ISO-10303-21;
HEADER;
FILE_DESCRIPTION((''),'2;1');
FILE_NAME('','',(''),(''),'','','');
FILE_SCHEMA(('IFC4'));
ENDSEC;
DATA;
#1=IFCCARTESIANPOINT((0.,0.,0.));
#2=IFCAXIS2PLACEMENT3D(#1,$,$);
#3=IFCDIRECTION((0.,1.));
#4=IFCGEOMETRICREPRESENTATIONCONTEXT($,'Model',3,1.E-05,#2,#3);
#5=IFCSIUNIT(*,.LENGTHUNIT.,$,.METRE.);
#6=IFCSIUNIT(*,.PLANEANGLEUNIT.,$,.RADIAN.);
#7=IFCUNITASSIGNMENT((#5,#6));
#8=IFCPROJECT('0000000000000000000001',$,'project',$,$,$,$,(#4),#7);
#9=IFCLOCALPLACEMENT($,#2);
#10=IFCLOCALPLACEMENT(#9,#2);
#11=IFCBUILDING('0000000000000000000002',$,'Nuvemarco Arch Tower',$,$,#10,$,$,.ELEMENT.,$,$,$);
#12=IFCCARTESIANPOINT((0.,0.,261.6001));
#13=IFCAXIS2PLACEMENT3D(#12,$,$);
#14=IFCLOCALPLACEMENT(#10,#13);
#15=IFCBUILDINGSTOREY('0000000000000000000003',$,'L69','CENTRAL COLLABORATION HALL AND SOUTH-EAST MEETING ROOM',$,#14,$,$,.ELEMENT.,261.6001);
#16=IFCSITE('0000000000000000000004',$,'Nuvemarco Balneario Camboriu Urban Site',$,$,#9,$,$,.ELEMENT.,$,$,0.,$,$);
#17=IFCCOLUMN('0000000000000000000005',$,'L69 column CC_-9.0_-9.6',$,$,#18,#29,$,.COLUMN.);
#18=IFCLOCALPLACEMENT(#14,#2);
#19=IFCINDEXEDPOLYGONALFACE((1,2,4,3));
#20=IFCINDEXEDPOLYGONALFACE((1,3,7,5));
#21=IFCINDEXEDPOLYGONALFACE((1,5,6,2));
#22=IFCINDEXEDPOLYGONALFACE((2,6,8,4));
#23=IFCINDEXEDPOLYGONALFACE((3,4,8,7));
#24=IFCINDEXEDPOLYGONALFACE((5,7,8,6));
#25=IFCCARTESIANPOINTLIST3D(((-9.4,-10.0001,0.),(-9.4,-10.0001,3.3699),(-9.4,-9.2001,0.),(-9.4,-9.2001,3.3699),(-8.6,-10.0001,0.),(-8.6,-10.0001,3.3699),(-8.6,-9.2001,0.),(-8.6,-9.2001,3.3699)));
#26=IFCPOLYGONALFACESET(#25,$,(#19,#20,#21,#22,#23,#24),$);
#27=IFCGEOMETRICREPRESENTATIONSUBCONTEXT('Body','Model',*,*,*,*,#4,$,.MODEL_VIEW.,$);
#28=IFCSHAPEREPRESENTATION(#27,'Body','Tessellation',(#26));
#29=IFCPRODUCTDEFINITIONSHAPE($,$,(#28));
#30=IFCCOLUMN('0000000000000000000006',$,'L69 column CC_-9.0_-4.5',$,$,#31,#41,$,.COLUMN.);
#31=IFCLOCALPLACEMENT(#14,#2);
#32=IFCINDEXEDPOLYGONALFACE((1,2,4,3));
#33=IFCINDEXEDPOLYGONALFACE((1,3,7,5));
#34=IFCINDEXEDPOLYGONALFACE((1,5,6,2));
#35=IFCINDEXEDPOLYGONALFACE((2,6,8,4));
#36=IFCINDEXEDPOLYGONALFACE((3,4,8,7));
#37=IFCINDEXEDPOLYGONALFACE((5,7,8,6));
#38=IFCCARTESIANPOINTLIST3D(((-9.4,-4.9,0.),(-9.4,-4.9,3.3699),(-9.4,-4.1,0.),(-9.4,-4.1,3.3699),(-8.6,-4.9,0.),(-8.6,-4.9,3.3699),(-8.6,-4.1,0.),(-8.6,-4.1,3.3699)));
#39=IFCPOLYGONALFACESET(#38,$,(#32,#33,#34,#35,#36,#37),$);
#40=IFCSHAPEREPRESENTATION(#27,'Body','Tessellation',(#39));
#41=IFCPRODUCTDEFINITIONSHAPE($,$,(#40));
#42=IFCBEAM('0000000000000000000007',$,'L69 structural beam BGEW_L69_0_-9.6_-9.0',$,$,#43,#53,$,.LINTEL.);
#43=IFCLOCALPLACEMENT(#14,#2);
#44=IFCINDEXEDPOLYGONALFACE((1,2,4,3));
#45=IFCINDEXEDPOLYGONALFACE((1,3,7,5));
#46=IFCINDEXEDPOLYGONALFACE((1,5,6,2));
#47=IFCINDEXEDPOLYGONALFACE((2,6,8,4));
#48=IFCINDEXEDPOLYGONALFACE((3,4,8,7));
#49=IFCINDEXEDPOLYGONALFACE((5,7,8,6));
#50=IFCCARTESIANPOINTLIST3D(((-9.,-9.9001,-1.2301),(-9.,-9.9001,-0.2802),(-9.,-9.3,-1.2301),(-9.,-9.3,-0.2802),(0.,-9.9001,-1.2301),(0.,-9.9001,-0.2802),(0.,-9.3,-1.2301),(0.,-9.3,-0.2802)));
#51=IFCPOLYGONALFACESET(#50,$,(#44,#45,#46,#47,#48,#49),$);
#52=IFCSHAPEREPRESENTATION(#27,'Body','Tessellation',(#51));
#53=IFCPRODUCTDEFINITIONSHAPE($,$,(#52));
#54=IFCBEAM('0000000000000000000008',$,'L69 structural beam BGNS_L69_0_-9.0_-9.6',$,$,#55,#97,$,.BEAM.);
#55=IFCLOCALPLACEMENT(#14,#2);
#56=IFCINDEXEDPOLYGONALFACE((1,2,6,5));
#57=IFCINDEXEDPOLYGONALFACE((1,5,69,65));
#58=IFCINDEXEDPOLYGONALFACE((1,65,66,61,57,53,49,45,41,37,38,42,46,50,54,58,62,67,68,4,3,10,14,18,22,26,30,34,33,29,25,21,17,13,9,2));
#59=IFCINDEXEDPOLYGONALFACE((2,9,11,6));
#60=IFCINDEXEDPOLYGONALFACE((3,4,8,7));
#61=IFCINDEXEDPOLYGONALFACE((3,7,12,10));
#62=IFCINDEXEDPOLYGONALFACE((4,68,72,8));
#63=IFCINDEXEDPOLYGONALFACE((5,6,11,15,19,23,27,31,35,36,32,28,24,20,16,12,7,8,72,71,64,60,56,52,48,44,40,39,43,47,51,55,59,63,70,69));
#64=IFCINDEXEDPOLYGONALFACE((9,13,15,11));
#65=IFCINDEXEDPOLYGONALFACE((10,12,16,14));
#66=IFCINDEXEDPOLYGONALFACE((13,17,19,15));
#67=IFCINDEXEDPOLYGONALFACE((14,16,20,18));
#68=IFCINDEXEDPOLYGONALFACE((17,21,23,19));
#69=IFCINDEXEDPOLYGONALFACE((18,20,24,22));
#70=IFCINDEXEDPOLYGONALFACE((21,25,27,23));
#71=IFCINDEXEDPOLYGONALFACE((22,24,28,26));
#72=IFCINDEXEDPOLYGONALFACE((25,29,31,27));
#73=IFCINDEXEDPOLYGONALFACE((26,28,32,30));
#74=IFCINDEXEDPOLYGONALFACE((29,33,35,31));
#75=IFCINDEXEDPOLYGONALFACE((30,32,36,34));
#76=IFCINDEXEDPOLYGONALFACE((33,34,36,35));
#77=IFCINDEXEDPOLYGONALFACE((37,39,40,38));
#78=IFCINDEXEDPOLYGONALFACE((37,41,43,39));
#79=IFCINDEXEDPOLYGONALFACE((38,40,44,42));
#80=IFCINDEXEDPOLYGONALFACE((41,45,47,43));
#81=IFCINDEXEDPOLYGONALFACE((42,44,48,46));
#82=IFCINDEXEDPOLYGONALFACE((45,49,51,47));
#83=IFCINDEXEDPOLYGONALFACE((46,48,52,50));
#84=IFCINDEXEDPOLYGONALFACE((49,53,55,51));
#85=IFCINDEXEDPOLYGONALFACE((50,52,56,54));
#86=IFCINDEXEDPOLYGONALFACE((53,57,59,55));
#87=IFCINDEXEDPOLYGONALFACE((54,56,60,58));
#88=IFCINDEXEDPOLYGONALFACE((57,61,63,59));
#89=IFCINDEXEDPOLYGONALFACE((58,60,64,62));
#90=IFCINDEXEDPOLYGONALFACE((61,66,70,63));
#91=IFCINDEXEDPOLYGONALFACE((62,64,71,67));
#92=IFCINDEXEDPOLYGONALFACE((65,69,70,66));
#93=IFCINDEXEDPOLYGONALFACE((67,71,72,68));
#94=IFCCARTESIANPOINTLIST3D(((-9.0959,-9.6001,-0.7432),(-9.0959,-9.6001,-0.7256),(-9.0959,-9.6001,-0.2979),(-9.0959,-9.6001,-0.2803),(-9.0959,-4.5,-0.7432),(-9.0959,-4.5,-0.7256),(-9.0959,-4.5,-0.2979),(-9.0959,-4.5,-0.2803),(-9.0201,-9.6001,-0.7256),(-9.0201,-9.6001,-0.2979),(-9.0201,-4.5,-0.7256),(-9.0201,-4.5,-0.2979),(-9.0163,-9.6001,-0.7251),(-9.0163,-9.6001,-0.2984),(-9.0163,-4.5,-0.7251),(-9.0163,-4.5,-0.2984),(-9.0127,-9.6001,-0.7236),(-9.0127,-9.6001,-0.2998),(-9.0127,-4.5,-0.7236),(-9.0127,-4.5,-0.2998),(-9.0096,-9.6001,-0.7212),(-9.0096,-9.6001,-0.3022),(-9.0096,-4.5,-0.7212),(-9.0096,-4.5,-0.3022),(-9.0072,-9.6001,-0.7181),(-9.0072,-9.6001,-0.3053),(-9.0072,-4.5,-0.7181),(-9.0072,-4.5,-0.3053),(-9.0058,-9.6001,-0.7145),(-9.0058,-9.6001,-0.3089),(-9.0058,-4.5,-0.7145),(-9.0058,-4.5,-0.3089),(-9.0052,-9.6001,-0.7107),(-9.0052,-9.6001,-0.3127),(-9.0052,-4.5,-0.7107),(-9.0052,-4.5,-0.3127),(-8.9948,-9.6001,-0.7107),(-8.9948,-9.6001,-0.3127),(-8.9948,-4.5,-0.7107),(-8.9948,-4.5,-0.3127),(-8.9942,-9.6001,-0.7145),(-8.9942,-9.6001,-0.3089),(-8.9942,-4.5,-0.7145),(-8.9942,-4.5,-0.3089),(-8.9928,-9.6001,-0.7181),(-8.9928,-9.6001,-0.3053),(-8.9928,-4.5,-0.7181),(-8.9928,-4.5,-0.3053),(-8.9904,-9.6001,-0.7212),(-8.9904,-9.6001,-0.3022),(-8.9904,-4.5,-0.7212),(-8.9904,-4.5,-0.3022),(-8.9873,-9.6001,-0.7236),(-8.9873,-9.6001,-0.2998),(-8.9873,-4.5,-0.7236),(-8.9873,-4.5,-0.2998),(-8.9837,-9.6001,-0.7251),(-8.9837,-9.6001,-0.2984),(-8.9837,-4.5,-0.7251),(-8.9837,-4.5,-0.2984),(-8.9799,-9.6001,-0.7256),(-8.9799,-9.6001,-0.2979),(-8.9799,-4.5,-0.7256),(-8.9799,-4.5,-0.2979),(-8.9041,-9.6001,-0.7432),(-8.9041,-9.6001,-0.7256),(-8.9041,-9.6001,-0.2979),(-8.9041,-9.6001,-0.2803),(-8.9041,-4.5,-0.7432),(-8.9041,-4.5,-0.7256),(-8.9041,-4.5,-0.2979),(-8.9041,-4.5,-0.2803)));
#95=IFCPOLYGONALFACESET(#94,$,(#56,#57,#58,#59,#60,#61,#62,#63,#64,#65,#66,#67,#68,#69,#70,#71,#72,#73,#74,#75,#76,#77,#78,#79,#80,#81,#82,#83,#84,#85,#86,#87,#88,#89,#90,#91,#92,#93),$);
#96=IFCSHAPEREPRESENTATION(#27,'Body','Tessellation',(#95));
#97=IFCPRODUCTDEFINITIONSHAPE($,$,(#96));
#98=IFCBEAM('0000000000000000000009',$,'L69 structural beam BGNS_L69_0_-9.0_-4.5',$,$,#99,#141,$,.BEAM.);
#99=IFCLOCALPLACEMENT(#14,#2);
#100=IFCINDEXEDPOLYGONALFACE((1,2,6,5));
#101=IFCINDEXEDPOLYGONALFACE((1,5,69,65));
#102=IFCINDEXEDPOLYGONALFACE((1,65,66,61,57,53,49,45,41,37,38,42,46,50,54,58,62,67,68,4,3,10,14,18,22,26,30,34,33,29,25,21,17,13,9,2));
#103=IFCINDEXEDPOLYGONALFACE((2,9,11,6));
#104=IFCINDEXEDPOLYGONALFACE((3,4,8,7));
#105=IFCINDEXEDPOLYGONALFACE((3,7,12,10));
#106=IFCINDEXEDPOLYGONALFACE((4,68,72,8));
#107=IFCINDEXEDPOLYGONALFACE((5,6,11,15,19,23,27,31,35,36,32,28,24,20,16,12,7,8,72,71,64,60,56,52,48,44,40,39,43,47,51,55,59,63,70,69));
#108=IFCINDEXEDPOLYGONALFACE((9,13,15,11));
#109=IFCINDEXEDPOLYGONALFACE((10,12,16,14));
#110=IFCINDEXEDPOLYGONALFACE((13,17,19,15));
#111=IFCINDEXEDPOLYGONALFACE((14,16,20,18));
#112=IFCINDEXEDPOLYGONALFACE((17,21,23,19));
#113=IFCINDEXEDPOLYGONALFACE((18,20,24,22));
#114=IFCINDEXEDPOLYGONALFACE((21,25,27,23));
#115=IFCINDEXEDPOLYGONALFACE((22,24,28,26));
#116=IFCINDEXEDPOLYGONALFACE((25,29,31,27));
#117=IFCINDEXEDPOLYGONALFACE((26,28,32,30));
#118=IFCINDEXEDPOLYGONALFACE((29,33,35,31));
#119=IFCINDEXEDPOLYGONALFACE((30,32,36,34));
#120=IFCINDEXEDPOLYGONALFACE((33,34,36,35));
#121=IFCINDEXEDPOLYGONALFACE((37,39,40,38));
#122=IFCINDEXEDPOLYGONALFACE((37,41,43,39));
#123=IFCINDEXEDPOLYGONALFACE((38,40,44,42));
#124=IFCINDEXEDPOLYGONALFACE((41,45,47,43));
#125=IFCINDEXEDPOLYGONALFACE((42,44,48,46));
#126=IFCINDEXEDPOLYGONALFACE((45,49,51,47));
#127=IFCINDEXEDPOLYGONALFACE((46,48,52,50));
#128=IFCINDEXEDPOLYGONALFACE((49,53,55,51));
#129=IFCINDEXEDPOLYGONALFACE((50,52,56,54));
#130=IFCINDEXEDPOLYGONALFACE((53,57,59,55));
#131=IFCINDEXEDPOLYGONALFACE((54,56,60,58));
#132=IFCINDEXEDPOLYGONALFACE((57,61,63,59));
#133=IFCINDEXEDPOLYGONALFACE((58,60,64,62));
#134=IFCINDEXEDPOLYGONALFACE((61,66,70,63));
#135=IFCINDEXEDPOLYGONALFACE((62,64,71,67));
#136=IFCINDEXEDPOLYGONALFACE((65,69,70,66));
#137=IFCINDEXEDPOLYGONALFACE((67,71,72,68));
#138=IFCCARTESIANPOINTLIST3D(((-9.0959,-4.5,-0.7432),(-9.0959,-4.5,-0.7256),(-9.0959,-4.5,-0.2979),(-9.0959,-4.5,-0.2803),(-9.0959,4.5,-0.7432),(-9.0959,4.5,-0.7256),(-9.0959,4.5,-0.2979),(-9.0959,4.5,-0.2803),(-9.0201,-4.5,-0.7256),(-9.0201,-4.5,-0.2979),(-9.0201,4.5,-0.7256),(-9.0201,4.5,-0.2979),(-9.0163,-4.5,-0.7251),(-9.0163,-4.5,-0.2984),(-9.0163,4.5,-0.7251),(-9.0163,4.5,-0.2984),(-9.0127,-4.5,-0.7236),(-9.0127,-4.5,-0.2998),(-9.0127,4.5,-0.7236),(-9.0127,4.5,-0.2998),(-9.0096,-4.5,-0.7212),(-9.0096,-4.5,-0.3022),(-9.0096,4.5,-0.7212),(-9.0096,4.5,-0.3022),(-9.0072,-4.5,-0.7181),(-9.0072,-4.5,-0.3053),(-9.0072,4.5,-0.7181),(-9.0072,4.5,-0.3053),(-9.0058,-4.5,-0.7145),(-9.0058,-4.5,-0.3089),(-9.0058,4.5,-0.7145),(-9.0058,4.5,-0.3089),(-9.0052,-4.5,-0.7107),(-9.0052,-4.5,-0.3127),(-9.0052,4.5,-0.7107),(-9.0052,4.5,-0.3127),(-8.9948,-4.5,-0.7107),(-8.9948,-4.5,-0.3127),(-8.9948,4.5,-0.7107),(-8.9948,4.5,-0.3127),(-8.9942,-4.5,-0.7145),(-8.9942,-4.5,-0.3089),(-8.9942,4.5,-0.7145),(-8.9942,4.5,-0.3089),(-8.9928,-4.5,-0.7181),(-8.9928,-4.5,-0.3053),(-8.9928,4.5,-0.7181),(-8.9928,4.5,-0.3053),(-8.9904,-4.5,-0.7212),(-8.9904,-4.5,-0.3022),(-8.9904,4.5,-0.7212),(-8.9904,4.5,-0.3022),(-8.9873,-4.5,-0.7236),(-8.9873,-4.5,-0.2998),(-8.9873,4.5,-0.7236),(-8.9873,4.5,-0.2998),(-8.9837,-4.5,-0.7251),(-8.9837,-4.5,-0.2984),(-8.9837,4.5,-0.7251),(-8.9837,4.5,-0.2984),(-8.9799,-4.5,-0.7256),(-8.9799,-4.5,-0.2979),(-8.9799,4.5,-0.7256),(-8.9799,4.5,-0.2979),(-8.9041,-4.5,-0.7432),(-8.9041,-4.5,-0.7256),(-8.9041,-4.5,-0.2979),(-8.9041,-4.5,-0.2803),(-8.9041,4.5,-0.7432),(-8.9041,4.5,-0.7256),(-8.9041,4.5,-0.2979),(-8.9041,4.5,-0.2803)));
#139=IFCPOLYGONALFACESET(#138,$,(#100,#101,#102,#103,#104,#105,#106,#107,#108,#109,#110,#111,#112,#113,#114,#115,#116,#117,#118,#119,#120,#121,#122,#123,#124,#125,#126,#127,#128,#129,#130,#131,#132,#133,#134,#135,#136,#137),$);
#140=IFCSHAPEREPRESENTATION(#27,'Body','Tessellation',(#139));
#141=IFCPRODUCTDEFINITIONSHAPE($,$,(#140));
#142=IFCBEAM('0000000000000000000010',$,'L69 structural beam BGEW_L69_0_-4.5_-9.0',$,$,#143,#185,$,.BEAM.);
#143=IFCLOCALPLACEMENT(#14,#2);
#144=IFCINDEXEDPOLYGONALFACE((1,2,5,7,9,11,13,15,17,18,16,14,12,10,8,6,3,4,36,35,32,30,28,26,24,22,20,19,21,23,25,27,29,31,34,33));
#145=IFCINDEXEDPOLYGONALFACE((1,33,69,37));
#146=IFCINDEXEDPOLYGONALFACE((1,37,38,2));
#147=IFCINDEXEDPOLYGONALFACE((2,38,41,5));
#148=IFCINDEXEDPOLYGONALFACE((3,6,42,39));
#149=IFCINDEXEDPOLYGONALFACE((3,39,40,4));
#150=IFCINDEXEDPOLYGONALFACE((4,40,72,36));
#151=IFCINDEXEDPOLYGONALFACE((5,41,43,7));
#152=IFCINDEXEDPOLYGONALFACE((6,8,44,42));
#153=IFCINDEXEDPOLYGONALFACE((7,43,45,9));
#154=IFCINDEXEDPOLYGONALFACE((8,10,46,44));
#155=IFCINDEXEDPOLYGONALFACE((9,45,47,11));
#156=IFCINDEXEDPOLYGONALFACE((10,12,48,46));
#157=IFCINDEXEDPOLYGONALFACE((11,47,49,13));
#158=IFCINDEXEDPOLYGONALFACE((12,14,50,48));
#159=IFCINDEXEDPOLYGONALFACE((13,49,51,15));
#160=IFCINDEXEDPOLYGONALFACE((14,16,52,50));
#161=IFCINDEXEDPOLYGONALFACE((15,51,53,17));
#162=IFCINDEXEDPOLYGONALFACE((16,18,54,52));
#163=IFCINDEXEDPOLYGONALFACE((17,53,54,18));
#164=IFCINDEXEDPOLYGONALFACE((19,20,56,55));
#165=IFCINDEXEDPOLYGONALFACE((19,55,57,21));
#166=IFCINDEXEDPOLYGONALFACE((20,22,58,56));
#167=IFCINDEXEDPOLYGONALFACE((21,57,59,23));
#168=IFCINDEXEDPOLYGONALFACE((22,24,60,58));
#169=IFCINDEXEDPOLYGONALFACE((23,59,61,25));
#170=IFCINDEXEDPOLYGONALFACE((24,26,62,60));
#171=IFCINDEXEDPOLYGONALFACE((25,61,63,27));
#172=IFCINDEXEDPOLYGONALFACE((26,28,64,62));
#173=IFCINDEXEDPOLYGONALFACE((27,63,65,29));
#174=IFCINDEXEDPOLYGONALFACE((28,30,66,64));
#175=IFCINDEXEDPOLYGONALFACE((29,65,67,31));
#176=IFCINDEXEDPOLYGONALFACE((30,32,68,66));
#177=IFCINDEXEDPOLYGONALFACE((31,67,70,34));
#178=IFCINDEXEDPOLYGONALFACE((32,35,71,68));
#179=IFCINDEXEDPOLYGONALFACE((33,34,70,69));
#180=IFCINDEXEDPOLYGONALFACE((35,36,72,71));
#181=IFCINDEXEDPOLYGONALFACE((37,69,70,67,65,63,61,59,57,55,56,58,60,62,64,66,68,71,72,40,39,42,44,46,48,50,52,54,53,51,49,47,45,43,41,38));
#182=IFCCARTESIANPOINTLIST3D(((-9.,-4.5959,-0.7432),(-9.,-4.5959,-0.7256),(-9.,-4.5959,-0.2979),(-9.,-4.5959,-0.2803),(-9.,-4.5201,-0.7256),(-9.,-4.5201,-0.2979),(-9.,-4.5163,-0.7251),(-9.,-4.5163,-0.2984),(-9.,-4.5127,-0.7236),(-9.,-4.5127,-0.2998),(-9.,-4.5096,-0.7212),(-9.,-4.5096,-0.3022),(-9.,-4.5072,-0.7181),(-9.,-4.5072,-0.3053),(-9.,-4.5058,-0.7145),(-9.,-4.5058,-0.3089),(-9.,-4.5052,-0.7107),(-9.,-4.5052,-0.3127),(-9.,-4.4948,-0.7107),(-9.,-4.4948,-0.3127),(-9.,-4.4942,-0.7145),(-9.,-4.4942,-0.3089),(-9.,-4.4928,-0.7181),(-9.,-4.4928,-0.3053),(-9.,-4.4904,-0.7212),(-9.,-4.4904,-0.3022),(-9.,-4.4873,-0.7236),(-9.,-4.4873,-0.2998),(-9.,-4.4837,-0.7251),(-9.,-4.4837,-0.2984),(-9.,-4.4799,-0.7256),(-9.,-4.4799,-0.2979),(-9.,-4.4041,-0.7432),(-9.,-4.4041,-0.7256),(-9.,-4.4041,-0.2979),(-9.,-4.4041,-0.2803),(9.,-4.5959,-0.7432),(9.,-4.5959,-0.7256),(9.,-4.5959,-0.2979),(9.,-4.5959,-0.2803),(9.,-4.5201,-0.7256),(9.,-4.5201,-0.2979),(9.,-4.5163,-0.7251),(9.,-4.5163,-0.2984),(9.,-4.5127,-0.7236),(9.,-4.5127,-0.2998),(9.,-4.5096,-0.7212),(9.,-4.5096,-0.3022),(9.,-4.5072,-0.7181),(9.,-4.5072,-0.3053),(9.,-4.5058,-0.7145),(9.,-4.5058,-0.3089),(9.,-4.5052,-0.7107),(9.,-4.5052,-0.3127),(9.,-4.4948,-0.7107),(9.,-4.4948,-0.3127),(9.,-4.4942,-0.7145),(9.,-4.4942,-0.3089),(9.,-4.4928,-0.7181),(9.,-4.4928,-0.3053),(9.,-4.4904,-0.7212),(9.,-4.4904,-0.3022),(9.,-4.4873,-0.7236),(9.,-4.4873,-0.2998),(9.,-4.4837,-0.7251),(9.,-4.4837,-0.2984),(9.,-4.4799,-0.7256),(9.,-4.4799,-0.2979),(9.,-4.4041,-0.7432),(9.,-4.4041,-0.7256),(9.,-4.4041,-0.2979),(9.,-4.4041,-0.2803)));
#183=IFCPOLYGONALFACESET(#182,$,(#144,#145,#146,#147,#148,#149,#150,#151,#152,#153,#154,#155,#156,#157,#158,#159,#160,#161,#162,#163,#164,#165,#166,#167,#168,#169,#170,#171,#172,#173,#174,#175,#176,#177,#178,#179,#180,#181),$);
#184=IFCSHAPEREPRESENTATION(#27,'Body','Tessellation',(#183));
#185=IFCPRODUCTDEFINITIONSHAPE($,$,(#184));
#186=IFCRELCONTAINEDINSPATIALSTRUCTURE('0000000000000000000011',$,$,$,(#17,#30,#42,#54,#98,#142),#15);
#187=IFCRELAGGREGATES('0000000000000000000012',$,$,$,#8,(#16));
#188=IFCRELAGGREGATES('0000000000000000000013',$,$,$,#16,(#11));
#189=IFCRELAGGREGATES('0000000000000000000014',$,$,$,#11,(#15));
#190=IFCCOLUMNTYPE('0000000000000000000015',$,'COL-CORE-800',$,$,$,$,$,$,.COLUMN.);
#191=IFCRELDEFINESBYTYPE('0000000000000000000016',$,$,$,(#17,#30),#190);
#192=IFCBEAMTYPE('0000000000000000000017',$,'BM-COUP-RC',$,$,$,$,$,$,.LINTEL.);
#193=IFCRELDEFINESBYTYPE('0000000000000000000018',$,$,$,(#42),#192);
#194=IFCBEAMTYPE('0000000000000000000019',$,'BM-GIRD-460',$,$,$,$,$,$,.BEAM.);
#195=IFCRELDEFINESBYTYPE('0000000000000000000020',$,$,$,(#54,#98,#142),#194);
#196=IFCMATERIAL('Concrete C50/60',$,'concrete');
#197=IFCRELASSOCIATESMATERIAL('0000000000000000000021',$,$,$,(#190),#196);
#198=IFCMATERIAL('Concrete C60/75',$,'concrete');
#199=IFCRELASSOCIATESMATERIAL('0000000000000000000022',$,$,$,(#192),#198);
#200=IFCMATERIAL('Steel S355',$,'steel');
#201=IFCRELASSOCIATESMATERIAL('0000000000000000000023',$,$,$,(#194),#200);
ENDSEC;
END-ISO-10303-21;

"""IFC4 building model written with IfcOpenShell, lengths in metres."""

from ifc_helpers import new_model, si_unit, direction, frame, origin, origin_2d, place, context, subcontext, project, spatial, rectangle, i_section, extrude, material, material_profile, profile_set, type_object, element, save


model = new_model("IFC4")

# Units and contexts
model_context = context("Model", 3, precision=1e-05, world=origin(), true_north=direction((0.0, 1.0)))
body_context = subcontext(model_context, "Body", "Model", "MODEL_VIEW")
ifc_project = project(units=[si_unit("LENGTHUNIT", "METRE"), si_unit("PLANEANGLEUNIT", "RADIAN")], contexts=[model_context])

# Site, building, storey
site_placement = place(None, origin())
site = spatial("IfcSite", under=ifc_project, at=site_placement, Name="Nuvemarco Balneario Camboriu Urban Site", CompositionType="ELEMENT", RefElevation=0.0)
building_placement = place(site_placement, origin())
building = spatial("IfcBuilding", under=site, at=building_placement, Name="Nuvemarco Arch Tower", CompositionType="ELEMENT")
storey_placement = place(building_placement, frame((0.0, 0.0, 261.6001)))
storey = spatial("IfcBuildingStorey", under=building, at=storey_placement, Name="L69", Description="CENTRAL COLLABORATION HALL AND SOUTH-EAST MEETING ROOM", CompositionType="ELEMENT", Elevation=261.6001)

# Columns
ifc_material_1 = material(Name="Concrete C50/60", Category="concrete")
ifc_material_profile_1 = material_profile(ifc_material_1, rectangle(XDim=0.8, YDim=0.8, at=origin_2d()), Name="RC-COL-800x800")
ifc_profile_set_1 = profile_set([ifc_material_profile_1], Name="Concrete C50/60")
column_type = type_object("IfcColumnType", Name="COL-CORE-800", PredefinedType="COLUMN", material=ifc_profile_set_1)
for number, where, z_axis, x_axis, name in (
    (1, (-9.0, -9.6001, 0.0), (0.0, 0.0, 1.0), (1.0, 0.0, 0.0), "L69 column CC_-9.0_-9.6"),
    (2, (-9.0, -4.5, 0.0), (0.0, 0.0, 1.0), (1.0, 0.0, 0.0), "L69 column CC_-9.0_-4.5"),
):
    element("IfcColumn", number, at=place(storey_placement, frame(where, z_axis=z_axis, x_axis=x_axis)), inside=storey, type_object=column_type, Name=name, PredefinedType="COLUMN", context=body_context, shape_type="SweptSolid", body=[
        extrude(rectangle(XDim=0.8, YDim=0.8, at=origin_2d()), origin(), (0.0, 0.0, 1.0), 3.3699),
    ])

# Beams
ifc_material_2 = material(Name="Concrete C60/75", Category="concrete")
ifc_material_profile_2 = material_profile(ifc_material_2, rectangle(XDim=0.6001, YDim=0.95, at=origin_2d()), Name="RC-BM-600x950")
ifc_profile_set_2 = profile_set([ifc_material_profile_2], Name="Concrete C60/75")
beam_type_1 = type_object("IfcBeamType", Name="BM-COUP-RC", PredefinedType="LINTEL", material=ifc_profile_set_2)
beam_1_placement = place(storey_placement, frame((-9.0, -9.6001, -0.7551), z_axis=(1.0, 0.0, 0.0), x_axis=(0.0, 1.0, 0.0)))
element("IfcBeam", 3, at=beam_1_placement, inside=storey, type_object=beam_type_1, Name="L69 structural beam BGEW_L69_0_-9.6_-9.0", PredefinedType="LINTEL", context=body_context, shape_type="SweptSolid", body=[
    extrude(rectangle(XDim=0.6001, YDim=0.95, at=origin_2d()), origin(), (0.0, 0.0, 1.0), 9.0),
])
ifc_material_3 = material(Name="Steel S355", Category="steel")
ifc_material_profile_3 = material_profile(ifc_material_3, i_section(OverallWidth=0.1919, OverallDepth=0.4629, WebThickness=0.0105, FlangeThickness=0.0176, FilletRadius=0.0149, at=origin_2d()), Name="W460x89")
ifc_profile_set_3 = profile_set([ifc_material_profile_3], Name="Steel S355")
beam_type_2 = type_object("IfcBeamType", Name="BM-GIRD-460", PredefinedType="BEAM", material=ifc_profile_set_3)
beam_2_placement = place(storey_placement, frame((-9.0, -9.6001, -0.5117), z_axis=(0.0, 1.0, 0.0), x_axis=(-1.0, 0.0, 0.0)))
element("IfcBeam", 4, at=beam_2_placement, inside=storey, type_object=beam_type_2, Name="L69 structural beam BGNS_L69_0_-9.0_-9.6", PredefinedType="BEAM", context=body_context, shape_type="SweptSolid", body=[
    extrude(i_section(OverallWidth=0.1919, OverallDepth=0.4629, WebThickness=0.0105, FlangeThickness=0.0176, FilletRadius=0.0149, at=origin_2d()), origin(), (0.0, 0.0, 1.0), 5.1001),
])
beam_3_placement = place(storey_placement, frame((-9.0, -4.5, -0.5117), z_axis=(0.0, 1.0, 0.0), x_axis=(-1.0, 0.0, 0.0)))
element("IfcBeam", 5, at=beam_3_placement, inside=storey, type_object=beam_type_2, Name="L69 structural beam BGNS_L69_0_-9.0_-4.5", PredefinedType="BEAM", context=body_context, shape_type="SweptSolid", body=[
    extrude(i_section(OverallWidth=0.1919, OverallDepth=0.4629, WebThickness=0.0105, FlangeThickness=0.0176, FilletRadius=0.0149, at=origin_2d()), origin(), (0.0, 0.0, 1.0), 9.0),
])
beam_4_placement = place(storey_placement, frame((-9.0, -4.5, -0.5117), z_axis=(1.0, 0.0, 0.0), x_axis=(0.0, 1.0, 0.0)))
element("IfcBeam", 6, at=beam_4_placement, inside=storey, type_object=beam_type_2, Name="L69 structural beam BGEW_L69_0_-4.5_-9.0", PredefinedType="BEAM", context=body_context, shape_type="SweptSolid", body=[
    extrude(i_section(OverallWidth=0.1919, OverallDepth=0.4629, WebThickness=0.0105, FlangeThickness=0.0176, FilletRadius=0.0149, at=origin_2d()), origin(), (0.0, 0.0, 1.0), 18.0),
])

save(model, "model.ifc")
